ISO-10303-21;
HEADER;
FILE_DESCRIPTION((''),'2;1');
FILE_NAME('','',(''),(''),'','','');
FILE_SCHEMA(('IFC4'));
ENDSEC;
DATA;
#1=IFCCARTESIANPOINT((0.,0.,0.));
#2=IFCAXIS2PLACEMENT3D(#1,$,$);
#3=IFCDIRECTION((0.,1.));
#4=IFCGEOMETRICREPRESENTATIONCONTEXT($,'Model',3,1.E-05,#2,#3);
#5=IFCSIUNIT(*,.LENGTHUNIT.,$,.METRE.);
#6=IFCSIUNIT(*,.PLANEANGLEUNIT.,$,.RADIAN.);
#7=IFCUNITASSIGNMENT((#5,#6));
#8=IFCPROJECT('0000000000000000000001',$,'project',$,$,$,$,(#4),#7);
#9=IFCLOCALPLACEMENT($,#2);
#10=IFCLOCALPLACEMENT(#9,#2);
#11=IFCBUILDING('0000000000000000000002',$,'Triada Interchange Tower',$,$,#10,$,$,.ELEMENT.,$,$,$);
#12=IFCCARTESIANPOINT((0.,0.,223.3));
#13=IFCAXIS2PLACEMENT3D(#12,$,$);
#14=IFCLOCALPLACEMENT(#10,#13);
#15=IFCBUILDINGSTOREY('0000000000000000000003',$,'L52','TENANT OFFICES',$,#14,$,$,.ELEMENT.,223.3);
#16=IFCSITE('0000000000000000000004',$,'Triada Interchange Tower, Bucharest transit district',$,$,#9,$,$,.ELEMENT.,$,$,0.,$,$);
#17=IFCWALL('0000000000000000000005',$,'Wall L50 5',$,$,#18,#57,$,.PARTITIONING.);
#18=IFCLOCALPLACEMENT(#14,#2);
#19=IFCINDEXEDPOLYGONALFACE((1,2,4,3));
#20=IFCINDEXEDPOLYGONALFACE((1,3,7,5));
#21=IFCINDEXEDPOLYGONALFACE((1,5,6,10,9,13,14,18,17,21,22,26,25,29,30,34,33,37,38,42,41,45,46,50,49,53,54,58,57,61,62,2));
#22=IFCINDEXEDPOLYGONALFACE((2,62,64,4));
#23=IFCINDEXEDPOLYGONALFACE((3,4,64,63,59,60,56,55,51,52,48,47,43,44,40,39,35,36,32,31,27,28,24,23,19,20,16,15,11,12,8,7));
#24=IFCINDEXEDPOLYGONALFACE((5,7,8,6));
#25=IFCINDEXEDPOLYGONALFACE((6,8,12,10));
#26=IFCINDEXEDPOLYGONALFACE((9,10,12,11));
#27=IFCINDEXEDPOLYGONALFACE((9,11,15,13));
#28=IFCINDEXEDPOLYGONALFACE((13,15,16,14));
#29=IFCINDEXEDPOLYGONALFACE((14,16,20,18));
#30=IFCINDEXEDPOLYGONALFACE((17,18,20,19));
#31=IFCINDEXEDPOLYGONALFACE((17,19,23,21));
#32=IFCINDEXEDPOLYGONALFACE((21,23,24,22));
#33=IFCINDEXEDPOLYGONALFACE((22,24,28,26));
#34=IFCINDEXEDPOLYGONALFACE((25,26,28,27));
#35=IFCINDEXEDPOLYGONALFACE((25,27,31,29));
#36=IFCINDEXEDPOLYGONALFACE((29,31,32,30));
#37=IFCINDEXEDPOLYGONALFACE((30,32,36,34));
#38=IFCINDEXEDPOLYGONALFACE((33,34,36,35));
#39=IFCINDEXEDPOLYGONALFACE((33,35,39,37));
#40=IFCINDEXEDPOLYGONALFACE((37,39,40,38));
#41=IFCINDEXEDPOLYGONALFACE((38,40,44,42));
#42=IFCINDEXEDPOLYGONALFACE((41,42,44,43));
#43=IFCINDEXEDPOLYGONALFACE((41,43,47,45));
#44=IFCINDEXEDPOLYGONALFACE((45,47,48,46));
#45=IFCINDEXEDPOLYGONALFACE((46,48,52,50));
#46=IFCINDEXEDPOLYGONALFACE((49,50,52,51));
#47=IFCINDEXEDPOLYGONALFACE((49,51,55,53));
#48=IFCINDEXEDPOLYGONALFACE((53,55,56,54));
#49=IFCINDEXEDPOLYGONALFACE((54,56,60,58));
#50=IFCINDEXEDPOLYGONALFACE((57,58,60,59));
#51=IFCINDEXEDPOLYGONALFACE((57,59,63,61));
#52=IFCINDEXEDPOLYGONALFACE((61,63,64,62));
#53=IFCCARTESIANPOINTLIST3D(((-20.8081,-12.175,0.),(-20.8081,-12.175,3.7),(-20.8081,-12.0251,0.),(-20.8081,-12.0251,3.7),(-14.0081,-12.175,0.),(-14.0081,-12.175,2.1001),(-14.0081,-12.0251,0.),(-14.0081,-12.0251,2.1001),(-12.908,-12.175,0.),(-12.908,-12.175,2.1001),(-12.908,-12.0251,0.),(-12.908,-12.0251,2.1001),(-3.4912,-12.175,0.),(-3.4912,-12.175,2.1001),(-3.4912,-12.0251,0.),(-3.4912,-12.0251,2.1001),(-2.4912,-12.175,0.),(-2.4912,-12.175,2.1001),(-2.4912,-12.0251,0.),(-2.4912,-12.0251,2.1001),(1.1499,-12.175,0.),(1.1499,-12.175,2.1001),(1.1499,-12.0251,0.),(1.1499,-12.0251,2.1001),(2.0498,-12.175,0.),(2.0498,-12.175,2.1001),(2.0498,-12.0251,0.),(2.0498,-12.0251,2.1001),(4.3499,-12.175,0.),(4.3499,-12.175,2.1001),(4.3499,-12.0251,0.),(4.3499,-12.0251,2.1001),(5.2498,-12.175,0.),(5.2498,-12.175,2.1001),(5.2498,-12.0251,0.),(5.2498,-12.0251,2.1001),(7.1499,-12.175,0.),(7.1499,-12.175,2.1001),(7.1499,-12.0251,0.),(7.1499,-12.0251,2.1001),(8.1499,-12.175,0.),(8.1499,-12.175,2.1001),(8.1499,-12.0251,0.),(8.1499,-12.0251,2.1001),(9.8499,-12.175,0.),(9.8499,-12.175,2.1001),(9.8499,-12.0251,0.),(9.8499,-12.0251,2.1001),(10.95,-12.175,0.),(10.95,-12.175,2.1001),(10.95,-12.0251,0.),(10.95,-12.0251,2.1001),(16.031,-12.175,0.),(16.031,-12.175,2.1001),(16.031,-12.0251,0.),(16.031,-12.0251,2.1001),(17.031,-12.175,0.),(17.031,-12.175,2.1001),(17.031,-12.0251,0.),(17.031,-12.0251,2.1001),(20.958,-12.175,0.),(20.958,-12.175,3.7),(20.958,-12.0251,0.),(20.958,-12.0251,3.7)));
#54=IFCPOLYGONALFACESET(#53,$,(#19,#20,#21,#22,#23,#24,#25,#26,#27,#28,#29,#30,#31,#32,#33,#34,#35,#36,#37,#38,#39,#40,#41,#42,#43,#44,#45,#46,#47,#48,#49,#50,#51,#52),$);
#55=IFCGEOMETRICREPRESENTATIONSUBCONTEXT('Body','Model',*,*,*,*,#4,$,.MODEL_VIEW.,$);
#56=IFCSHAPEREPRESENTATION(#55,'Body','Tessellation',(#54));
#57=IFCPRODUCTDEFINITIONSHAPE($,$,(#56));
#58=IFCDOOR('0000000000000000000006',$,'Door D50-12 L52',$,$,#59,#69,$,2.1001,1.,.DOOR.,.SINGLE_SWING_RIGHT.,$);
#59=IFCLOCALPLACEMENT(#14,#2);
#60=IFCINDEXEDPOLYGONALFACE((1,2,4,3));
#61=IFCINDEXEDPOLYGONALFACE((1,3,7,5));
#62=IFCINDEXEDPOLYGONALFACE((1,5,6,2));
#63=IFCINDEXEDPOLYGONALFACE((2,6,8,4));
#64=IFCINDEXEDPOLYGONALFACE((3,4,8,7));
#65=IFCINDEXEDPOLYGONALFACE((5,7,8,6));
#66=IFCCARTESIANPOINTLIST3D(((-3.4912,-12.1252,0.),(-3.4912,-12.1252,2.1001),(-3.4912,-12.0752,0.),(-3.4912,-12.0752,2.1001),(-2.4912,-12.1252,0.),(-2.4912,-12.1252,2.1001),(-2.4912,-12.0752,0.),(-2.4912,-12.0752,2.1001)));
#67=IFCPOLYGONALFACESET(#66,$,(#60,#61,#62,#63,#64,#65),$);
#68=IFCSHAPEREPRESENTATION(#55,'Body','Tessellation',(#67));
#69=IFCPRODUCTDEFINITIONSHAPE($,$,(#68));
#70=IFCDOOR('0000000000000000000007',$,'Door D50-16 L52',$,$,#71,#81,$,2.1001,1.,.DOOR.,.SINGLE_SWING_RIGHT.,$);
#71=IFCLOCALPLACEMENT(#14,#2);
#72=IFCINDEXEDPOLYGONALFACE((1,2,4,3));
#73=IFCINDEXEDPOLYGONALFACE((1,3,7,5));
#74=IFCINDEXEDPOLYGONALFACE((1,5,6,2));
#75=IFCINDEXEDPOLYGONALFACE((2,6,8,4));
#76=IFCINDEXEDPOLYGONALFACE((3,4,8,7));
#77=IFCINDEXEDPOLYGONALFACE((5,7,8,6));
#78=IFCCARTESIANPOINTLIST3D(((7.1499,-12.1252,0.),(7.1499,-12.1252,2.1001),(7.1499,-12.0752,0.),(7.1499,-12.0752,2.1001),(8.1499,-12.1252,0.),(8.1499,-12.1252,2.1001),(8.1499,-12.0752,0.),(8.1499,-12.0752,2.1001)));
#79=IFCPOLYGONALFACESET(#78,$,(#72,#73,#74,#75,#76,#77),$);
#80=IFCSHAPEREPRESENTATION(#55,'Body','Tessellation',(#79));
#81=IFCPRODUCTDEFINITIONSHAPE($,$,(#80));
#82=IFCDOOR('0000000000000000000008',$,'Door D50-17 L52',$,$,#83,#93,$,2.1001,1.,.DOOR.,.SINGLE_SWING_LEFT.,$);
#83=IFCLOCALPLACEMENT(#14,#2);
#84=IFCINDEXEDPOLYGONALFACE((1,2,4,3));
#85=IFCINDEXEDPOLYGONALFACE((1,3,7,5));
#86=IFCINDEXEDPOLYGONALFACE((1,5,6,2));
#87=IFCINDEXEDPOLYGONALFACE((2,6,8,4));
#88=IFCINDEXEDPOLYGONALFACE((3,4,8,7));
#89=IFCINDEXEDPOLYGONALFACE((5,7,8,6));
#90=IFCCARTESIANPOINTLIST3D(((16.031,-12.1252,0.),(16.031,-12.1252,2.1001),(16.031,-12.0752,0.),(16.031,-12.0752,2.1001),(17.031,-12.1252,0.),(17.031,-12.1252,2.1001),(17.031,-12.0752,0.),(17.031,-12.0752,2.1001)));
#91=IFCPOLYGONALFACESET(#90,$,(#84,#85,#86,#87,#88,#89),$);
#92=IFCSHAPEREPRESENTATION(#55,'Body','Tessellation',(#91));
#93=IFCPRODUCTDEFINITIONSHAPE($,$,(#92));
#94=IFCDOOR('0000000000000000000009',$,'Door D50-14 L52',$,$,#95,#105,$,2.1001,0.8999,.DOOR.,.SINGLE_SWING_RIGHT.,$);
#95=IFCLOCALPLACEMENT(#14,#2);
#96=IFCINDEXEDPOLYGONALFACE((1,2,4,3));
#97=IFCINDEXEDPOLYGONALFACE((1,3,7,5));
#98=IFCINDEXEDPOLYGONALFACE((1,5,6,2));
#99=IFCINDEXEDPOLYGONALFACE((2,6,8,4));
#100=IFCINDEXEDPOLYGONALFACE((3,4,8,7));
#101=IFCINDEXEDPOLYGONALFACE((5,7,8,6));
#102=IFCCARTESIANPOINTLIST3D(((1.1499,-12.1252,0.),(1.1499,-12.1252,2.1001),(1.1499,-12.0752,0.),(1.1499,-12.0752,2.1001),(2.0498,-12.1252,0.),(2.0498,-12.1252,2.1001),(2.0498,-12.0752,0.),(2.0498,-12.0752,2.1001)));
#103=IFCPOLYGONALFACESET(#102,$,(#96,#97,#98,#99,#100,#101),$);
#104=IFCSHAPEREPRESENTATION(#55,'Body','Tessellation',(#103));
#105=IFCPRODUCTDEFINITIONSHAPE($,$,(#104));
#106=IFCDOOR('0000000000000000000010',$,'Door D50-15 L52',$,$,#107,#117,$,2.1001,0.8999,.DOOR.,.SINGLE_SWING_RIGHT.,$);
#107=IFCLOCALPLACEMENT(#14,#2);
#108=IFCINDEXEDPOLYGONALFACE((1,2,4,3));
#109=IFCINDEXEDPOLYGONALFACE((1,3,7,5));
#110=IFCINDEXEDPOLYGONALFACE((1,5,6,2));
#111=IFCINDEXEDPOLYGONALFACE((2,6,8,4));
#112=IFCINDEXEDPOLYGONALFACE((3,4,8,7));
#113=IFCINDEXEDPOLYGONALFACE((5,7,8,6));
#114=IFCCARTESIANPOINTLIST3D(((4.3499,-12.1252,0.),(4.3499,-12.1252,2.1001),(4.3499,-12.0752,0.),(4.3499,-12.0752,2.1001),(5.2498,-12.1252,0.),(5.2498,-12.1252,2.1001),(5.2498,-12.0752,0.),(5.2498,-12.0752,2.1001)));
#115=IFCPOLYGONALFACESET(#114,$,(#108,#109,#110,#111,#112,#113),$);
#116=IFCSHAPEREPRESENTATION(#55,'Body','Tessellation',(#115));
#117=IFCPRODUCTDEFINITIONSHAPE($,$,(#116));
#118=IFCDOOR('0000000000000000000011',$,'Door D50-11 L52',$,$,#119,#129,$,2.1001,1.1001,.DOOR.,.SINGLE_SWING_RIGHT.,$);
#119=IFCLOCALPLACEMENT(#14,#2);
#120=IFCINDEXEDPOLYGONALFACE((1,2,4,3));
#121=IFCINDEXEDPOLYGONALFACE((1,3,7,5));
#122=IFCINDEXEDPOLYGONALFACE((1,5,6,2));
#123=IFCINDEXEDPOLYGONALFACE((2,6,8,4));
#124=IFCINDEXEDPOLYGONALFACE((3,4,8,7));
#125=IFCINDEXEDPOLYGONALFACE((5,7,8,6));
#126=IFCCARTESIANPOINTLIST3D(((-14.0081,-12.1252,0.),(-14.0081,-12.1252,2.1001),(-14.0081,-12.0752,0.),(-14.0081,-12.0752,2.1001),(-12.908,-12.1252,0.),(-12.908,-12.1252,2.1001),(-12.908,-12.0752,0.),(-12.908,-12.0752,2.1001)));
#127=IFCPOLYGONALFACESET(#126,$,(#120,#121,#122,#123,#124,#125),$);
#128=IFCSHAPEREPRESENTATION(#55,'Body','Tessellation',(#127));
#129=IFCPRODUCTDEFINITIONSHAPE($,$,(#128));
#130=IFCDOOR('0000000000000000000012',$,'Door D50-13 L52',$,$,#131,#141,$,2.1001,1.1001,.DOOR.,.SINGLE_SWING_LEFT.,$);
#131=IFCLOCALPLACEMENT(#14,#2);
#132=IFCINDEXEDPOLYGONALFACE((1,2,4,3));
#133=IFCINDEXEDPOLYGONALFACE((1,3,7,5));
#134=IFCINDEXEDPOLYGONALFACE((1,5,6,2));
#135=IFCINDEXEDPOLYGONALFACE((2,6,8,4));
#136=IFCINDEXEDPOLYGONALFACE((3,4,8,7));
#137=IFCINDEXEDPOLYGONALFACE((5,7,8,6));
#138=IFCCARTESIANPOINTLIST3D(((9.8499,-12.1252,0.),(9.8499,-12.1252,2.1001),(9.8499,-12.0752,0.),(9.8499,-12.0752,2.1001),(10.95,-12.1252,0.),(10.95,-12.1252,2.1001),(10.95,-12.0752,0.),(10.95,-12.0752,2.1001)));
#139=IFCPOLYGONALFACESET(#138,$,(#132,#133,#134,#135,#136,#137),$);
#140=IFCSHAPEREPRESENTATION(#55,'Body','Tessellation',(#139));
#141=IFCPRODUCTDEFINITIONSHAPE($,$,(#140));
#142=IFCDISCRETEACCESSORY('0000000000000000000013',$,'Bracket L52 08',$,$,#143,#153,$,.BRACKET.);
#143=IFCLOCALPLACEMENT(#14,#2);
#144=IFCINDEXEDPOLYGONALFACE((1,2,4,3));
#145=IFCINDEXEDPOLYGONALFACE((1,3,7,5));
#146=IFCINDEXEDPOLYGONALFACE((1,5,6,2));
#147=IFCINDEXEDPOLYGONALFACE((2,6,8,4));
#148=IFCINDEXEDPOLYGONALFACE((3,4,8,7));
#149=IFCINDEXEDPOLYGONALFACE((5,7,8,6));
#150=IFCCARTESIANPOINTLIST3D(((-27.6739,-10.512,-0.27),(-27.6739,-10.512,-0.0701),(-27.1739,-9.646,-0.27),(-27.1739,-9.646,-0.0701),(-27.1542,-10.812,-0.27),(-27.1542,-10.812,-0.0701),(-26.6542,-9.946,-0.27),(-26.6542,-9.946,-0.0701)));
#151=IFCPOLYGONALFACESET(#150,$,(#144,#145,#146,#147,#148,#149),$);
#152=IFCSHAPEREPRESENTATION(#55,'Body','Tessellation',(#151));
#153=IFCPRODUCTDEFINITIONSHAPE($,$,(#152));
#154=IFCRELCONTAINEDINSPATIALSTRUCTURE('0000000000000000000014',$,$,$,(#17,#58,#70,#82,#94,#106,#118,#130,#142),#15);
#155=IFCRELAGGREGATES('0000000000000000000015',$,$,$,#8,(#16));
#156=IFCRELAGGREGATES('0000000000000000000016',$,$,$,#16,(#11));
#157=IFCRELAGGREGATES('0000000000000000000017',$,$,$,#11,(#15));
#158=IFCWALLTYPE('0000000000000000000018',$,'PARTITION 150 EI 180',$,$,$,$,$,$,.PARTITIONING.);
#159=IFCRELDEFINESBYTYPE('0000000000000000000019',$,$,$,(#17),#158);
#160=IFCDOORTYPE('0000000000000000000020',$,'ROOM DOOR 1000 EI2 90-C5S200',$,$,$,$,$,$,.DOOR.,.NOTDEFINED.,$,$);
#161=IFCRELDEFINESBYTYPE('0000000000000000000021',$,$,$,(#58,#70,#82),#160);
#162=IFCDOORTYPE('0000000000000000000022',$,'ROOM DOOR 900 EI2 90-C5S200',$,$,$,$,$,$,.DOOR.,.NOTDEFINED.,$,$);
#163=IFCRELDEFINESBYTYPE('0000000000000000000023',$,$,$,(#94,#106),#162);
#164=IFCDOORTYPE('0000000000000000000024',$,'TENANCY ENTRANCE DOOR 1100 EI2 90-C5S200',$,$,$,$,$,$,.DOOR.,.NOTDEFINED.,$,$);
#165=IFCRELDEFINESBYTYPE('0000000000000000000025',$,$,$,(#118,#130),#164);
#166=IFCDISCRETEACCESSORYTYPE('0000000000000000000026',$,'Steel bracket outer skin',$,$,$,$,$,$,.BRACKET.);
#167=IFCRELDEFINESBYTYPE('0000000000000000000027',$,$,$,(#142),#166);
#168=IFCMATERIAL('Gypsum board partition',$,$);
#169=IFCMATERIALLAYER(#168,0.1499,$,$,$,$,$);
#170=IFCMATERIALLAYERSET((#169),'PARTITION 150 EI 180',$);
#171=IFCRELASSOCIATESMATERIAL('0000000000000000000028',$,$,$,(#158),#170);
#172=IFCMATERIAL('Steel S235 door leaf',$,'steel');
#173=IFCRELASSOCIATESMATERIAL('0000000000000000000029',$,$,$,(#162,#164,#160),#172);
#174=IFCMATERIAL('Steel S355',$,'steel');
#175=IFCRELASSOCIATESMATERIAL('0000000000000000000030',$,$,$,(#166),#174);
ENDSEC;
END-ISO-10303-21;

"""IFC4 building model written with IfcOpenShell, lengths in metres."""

from ifc_helpers import new_model, si_unit, direction, frame, frame_2d, origin, origin_2d, place, context, subcontext, project, spatial, rectangle, extrude, material, layer, layer_set, type_object, element, fill, save


model = new_model("IFC4")

# Units and contexts
model_context = context("Model", 3, precision=1e-05, world=origin(), true_north=direction((0.0, 1.0)))
body_context = subcontext(model_context, "Body", "Model", "MODEL_VIEW")
ifc_project = project(units=[si_unit("LENGTHUNIT", "METRE"), si_unit("PLANEANGLEUNIT", "RADIAN")], contexts=[model_context])

# Site, building, storey
site_placement = place(None, origin())
site = spatial("IfcSite", under=ifc_project, at=site_placement, Name="Triada Interchange Tower, Bucharest transit district", CompositionType="ELEMENT", RefElevation=0.0)
building_placement = place(site_placement, origin())
building = spatial("IfcBuilding", under=site, at=building_placement, Name="Triada Interchange Tower", CompositionType="ELEMENT")
storey_placement = place(building_placement, frame((0.0, 0.0, 223.3)))
storey = spatial("IfcBuildingStorey", under=building, at=storey_placement, Name="L52", Description="TENANT OFFICES", CompositionType="ELEMENT", Elevation=223.3)

# Wall, openings, doors
ifc_material_1 = material(Name="Gypsum board partition")
ifc_layer = layer(ifc_material_1, 0.1499)
ifc_layer_set = layer_set([ifc_layer], Name="PARTITION 150 EI 180")
wall_type = type_object("IfcWallType", Name="PARTITION 150 EI 180", PredefinedType="PARTITIONING", material=ifc_layer_set)
ifc_material_2 = material(Name="Steel S235 door leaf", Category="steel")
door_type_1 = type_object("IfcDoorType", Name="ROOM DOOR 900 EI2 90-C5S200", OperationType="NOTDEFINED", PredefinedType="DOOR", material=ifc_material_2)
door_type_2 = type_object("IfcDoorType", Name="TENANCY ENTRANCE DOOR 1100 EI2 90-C5S200", OperationType="NOTDEFINED", PredefinedType="DOOR", material=ifc_material_2)
wall_1_placement = place(storey_placement, frame((-20.8081, -12.1001, 0.0), z_axis=(0.0, 0.0, 1.0), x_axis=(1.0, 0.0, 0.0)))
wall_1 = element("IfcWall", 1, at=wall_1_placement, inside=storey, type_object=wall_type, Name="Wall L50 5", PredefinedType="PARTITIONING", context=body_context, shape_type="SweptSolid", body=[
    extrude(rectangle(XDim=41.7661, YDim=0.1499, at=frame_2d((20.8831, 0.0))), origin(), (0.0, 0.0, 1.0), 3.7),
])
opening_1_placement = place(wall_1_placement, frame((6.8, 0.0, 0.0)))
opening_1 = element("IfcOpeningElement", 2, at=opening_1_placement, cuts=wall_1, PredefinedType="OPENING", context=body_context, shape_type="SweptSolid", body=[
    extrude(rectangle(XDim=1.1001, YDim=2.1001, at=frame_2d((0.55, 1.05))), frame((0.0, 0.085, 0.0), z_axis=(0.0, -1.0, 0.0), x_axis=(1.0, 0.0, 0.0)), (0.0, 0.0, 1.0), 0.1699),
])
opening_2_placement = place(wall_1_placement, frame((17.3169, 0.0, 0.0)))
opening_2 = element("IfcOpeningElement", 3, at=opening_2_placement, cuts=wall_1, PredefinedType="OPENING", context=body_context, shape_type="SweptSolid", body=[
    extrude(rectangle(XDim=1.0, YDim=2.1001, at=frame_2d((0.5, 1.05))), frame((0.0, 0.085, 0.0), z_axis=(0.0, -1.0, 0.0), x_axis=(1.0, 0.0, 0.0)), (0.0, 0.0, 1.0), 0.1699),
])
opening_3_placement = place(wall_1_placement, frame((30.658, 0.0, 0.0)))
opening_3 = element("IfcOpeningElement", 4, at=opening_3_placement, cuts=wall_1, PredefinedType="OPENING", context=body_context, shape_type="SweptSolid", body=[
    extrude(rectangle(XDim=1.1001, YDim=2.1001, at=frame_2d((0.55, 1.05))), frame((0.0, 0.085, 0.0), z_axis=(0.0, -1.0, 0.0), x_axis=(1.0, 0.0, 0.0)), (0.0, 0.0, 1.0), 0.1699),
])
opening_4_placement = place(wall_1_placement, frame((21.958, 0.0, 0.0)))
opening_4 = element("IfcOpeningElement", 5, at=opening_4_placement, cuts=wall_1, PredefinedType="OPENING", context=body_context, shape_type="SweptSolid", body=[
    extrude(rectangle(XDim=0.8999, YDim=2.1001, at=frame_2d((0.45, 1.05))), frame((0.0, 0.085, 0.0), z_axis=(0.0, -1.0, 0.0), x_axis=(1.0, 0.0, 0.0)), (0.0, 0.0, 1.0), 0.1699),
])
opening_5_placement = place(wall_1_placement, frame((25.158, 0.0, 0.0)))
opening_5 = element("IfcOpeningElement", 6, at=opening_5_placement, cuts=wall_1, PredefinedType="OPENING", context=body_context, shape_type="SweptSolid", body=[
    extrude(rectangle(XDim=0.8999, YDim=2.1001, at=frame_2d((0.45, 1.05))), frame((0.0, 0.085, 0.0), z_axis=(0.0, -1.0, 0.0), x_axis=(1.0, 0.0, 0.0)), (0.0, 0.0, 1.0), 0.1699),
])
opening_6_placement = place(wall_1_placement, frame((27.958, 0.0, 0.0)))
opening_6 = element("IfcOpeningElement", 7, at=opening_6_placement, cuts=wall_1, PredefinedType="OPENING", context=body_context, shape_type="SweptSolid", body=[
    extrude(rectangle(XDim=1.0, YDim=2.1001, at=frame_2d((0.5, 1.05))), frame((0.0, 0.085, 0.0), z_axis=(0.0, -1.0, 0.0), x_axis=(1.0, 0.0, 0.0)), (0.0, 0.0, 1.0), 0.1699),
])
opening_7_placement = place(wall_1_placement, frame((36.8391, 0.0, 0.0)))
opening_7 = element("IfcOpeningElement", 8, at=opening_7_placement, cuts=wall_1, PredefinedType="OPENING", context=body_context, shape_type="SweptSolid", body=[
    extrude(rectangle(XDim=1.0, YDim=2.1001, at=frame_2d((0.5, 1.05))), frame((0.0, 0.085, 0.0), z_axis=(0.0, -1.0, 0.0), x_axis=(1.0, 0.0, 0.0)), (0.0, 0.0, 1.0), 0.1699),
])
door_type_3 = type_object("IfcDoorType", Name="ROOM DOOR 1000 EI2 90-C5S200", OperationType="NOTDEFINED", PredefinedType="DOOR", material=ifc_material_2)
door_1_placement = place(opening_2_placement, origin())
door_1 = element("IfcDoor", 9, at=door_1_placement, inside=storey, type_object=door_type_3, Name="Door D50-12 L52", OperationType="SINGLE_SWING_RIGHT", OverallHeight=2.1001, OverallWidth=1.0, PredefinedType="DOOR", context=body_context, shape_type="SweptSolid", body=[
    extrude(rectangle(XDim=1.0, YDim=2.1001, at=frame_2d((0.5, 1.05))), frame((0.0, 0.0249, 0.0), z_axis=(0.0, -1.0, 0.0), x_axis=(1.0, 0.0, 0.0)), (0.0, 0.0, 1.0), 0.05),
])
fill(opening_2, door_1)
door_2_placement = place(opening_6_placement, origin())
door_2 = element("IfcDoor", 10, at=door_2_placement, inside=storey, type_object=door_type_3, Name="Door D50-16 L52", OperationType="SINGLE_SWING_RIGHT", OverallHeight=2.1001, OverallWidth=1.0, PredefinedType="DOOR", context=body_context, shape_type="SweptSolid", body=[
    extrude(rectangle(XDim=1.0, YDim=2.1001, at=frame_2d((0.5, 1.05))), frame((0.0, 0.0249, 0.0), z_axis=(0.0, -1.0, 0.0), x_axis=(1.0, 0.0, 0.0)), (0.0, 0.0, 1.0), 0.05),
])
fill(opening_6, door_2)
door_3_placement = place(opening_7_placement, origin())
door_3 = element("IfcDoor", 11, at=door_3_placement, inside=storey, type_object=door_type_3, Name="Door D50-17 L52", OperationType="SINGLE_SWING_LEFT", OverallHeight=2.1001, OverallWidth=1.0, PredefinedType="DOOR", context=body_context, shape_type="SweptSolid", body=[
    extrude(rectangle(XDim=1.0, YDim=2.1001, at=frame_2d((0.5, 1.05))), frame((0.0, 0.0249, 0.0), z_axis=(0.0, -1.0, 0.0), x_axis=(1.0, 0.0, 0.0)), (0.0, 0.0, 1.0), 0.05),
])
fill(opening_7, door_3)
door_4_placement = place(opening_4_placement, origin())
door_4 = element("IfcDoor", 12, at=door_4_placement, inside=storey, type_object=door_type_1, Name="Door D50-14 L52", OperationType="SINGLE_SWING_RIGHT", OverallHeight=2.1001, OverallWidth=0.8999, PredefinedType="DOOR", context=body_context, shape_type="SweptSolid", body=[
    extrude(rectangle(XDim=0.8999, YDim=2.1001, at=frame_2d((0.45, 1.05))), frame((0.0, 0.0249, 0.0), z_axis=(0.0, -1.0, 0.0), x_axis=(1.0, 0.0, 0.0)), (0.0, 0.0, 1.0), 0.05),
])
fill(opening_4, door_4)
door_5_placement = place(opening_5_placement, origin())
door_5 = element("IfcDoor", 13, at=door_5_placement, inside=storey, type_object=door_type_1, Name="Door D50-15 L52", OperationType="SINGLE_SWING_RIGHT", OverallHeight=2.1001, OverallWidth=0.8999, PredefinedType="DOOR", context=body_context, shape_type="SweptSolid", body=[
    extrude(rectangle(XDim=0.8999, YDim=2.1001, at=frame_2d((0.45, 1.05))), frame((0.0, 0.0249, 0.0), z_axis=(0.0, -1.0, 0.0), x_axis=(1.0, 0.0, 0.0)), (0.0, 0.0, 1.0), 0.05),
])
fill(opening_5, door_5)
door_6_placement = place(opening_1_placement, origin())
door_6 = element("IfcDoor", 14, at=door_6_placement, inside=storey, type_object=door_type_2, Name="Door D50-11 L52", OperationType="SINGLE_SWING_RIGHT", OverallHeight=2.1001, OverallWidth=1.1001, PredefinedType="DOOR", context=body_context, shape_type="SweptSolid", body=[
    extrude(rectangle(XDim=1.1001, YDim=2.1001, at=frame_2d((0.55, 1.05))), frame((0.0, 0.0249, 0.0), z_axis=(0.0, -1.0, 0.0), x_axis=(1.0, 0.0, 0.0)), (0.0, 0.0, 1.0), 0.05),
])
fill(opening_1, door_6)
door_7_placement = place(opening_3_placement, origin())
door_7 = element("IfcDoor", 15, at=door_7_placement, inside=storey, type_object=door_type_2, Name="Door D50-13 L52", OperationType="SINGLE_SWING_LEFT", OverallHeight=2.1001, OverallWidth=1.1001, PredefinedType="DOOR", context=body_context, shape_type="SweptSolid", body=[
    extrude(rectangle(XDim=1.1001, YDim=2.1001, at=frame_2d((0.55, 1.05))), frame((0.0, 0.0249, 0.0), z_axis=(0.0, -1.0, 0.0), x_axis=(1.0, 0.0, 0.0)), (0.0, 0.0, 1.0), 0.05),
])
fill(opening_3, door_7)

# Discrete accessory
ifc_material_3 = material(Name="Steel S355", Category="steel")
discrete_accessory_type = type_object("IfcDiscreteAccessoryType", Name="Steel bracket outer skin", PredefinedType="BRACKET", material=ifc_material_3)
discrete_accessory_placement = place(storey_placement, frame((-27.1641, -10.229, -0.27), z_axis=(0.0, 0.0, 1.0), x_axis=(-0.866025, 0.500001, 0.0)))
element("IfcDiscreteAccessory", 16, at=discrete_accessory_placement, inside=storey, type_object=discrete_accessory_type, Name="Bracket L52 08", PredefinedType="BRACKET", context=body_context, shape_type="SweptSolid", body=[
    extrude(rectangle(XDim=0.6001, YDim=1.0, at=origin_2d()), origin(), (0.0, 0.0, 1.0), 0.2),
])

save(model, "model.ifc")
